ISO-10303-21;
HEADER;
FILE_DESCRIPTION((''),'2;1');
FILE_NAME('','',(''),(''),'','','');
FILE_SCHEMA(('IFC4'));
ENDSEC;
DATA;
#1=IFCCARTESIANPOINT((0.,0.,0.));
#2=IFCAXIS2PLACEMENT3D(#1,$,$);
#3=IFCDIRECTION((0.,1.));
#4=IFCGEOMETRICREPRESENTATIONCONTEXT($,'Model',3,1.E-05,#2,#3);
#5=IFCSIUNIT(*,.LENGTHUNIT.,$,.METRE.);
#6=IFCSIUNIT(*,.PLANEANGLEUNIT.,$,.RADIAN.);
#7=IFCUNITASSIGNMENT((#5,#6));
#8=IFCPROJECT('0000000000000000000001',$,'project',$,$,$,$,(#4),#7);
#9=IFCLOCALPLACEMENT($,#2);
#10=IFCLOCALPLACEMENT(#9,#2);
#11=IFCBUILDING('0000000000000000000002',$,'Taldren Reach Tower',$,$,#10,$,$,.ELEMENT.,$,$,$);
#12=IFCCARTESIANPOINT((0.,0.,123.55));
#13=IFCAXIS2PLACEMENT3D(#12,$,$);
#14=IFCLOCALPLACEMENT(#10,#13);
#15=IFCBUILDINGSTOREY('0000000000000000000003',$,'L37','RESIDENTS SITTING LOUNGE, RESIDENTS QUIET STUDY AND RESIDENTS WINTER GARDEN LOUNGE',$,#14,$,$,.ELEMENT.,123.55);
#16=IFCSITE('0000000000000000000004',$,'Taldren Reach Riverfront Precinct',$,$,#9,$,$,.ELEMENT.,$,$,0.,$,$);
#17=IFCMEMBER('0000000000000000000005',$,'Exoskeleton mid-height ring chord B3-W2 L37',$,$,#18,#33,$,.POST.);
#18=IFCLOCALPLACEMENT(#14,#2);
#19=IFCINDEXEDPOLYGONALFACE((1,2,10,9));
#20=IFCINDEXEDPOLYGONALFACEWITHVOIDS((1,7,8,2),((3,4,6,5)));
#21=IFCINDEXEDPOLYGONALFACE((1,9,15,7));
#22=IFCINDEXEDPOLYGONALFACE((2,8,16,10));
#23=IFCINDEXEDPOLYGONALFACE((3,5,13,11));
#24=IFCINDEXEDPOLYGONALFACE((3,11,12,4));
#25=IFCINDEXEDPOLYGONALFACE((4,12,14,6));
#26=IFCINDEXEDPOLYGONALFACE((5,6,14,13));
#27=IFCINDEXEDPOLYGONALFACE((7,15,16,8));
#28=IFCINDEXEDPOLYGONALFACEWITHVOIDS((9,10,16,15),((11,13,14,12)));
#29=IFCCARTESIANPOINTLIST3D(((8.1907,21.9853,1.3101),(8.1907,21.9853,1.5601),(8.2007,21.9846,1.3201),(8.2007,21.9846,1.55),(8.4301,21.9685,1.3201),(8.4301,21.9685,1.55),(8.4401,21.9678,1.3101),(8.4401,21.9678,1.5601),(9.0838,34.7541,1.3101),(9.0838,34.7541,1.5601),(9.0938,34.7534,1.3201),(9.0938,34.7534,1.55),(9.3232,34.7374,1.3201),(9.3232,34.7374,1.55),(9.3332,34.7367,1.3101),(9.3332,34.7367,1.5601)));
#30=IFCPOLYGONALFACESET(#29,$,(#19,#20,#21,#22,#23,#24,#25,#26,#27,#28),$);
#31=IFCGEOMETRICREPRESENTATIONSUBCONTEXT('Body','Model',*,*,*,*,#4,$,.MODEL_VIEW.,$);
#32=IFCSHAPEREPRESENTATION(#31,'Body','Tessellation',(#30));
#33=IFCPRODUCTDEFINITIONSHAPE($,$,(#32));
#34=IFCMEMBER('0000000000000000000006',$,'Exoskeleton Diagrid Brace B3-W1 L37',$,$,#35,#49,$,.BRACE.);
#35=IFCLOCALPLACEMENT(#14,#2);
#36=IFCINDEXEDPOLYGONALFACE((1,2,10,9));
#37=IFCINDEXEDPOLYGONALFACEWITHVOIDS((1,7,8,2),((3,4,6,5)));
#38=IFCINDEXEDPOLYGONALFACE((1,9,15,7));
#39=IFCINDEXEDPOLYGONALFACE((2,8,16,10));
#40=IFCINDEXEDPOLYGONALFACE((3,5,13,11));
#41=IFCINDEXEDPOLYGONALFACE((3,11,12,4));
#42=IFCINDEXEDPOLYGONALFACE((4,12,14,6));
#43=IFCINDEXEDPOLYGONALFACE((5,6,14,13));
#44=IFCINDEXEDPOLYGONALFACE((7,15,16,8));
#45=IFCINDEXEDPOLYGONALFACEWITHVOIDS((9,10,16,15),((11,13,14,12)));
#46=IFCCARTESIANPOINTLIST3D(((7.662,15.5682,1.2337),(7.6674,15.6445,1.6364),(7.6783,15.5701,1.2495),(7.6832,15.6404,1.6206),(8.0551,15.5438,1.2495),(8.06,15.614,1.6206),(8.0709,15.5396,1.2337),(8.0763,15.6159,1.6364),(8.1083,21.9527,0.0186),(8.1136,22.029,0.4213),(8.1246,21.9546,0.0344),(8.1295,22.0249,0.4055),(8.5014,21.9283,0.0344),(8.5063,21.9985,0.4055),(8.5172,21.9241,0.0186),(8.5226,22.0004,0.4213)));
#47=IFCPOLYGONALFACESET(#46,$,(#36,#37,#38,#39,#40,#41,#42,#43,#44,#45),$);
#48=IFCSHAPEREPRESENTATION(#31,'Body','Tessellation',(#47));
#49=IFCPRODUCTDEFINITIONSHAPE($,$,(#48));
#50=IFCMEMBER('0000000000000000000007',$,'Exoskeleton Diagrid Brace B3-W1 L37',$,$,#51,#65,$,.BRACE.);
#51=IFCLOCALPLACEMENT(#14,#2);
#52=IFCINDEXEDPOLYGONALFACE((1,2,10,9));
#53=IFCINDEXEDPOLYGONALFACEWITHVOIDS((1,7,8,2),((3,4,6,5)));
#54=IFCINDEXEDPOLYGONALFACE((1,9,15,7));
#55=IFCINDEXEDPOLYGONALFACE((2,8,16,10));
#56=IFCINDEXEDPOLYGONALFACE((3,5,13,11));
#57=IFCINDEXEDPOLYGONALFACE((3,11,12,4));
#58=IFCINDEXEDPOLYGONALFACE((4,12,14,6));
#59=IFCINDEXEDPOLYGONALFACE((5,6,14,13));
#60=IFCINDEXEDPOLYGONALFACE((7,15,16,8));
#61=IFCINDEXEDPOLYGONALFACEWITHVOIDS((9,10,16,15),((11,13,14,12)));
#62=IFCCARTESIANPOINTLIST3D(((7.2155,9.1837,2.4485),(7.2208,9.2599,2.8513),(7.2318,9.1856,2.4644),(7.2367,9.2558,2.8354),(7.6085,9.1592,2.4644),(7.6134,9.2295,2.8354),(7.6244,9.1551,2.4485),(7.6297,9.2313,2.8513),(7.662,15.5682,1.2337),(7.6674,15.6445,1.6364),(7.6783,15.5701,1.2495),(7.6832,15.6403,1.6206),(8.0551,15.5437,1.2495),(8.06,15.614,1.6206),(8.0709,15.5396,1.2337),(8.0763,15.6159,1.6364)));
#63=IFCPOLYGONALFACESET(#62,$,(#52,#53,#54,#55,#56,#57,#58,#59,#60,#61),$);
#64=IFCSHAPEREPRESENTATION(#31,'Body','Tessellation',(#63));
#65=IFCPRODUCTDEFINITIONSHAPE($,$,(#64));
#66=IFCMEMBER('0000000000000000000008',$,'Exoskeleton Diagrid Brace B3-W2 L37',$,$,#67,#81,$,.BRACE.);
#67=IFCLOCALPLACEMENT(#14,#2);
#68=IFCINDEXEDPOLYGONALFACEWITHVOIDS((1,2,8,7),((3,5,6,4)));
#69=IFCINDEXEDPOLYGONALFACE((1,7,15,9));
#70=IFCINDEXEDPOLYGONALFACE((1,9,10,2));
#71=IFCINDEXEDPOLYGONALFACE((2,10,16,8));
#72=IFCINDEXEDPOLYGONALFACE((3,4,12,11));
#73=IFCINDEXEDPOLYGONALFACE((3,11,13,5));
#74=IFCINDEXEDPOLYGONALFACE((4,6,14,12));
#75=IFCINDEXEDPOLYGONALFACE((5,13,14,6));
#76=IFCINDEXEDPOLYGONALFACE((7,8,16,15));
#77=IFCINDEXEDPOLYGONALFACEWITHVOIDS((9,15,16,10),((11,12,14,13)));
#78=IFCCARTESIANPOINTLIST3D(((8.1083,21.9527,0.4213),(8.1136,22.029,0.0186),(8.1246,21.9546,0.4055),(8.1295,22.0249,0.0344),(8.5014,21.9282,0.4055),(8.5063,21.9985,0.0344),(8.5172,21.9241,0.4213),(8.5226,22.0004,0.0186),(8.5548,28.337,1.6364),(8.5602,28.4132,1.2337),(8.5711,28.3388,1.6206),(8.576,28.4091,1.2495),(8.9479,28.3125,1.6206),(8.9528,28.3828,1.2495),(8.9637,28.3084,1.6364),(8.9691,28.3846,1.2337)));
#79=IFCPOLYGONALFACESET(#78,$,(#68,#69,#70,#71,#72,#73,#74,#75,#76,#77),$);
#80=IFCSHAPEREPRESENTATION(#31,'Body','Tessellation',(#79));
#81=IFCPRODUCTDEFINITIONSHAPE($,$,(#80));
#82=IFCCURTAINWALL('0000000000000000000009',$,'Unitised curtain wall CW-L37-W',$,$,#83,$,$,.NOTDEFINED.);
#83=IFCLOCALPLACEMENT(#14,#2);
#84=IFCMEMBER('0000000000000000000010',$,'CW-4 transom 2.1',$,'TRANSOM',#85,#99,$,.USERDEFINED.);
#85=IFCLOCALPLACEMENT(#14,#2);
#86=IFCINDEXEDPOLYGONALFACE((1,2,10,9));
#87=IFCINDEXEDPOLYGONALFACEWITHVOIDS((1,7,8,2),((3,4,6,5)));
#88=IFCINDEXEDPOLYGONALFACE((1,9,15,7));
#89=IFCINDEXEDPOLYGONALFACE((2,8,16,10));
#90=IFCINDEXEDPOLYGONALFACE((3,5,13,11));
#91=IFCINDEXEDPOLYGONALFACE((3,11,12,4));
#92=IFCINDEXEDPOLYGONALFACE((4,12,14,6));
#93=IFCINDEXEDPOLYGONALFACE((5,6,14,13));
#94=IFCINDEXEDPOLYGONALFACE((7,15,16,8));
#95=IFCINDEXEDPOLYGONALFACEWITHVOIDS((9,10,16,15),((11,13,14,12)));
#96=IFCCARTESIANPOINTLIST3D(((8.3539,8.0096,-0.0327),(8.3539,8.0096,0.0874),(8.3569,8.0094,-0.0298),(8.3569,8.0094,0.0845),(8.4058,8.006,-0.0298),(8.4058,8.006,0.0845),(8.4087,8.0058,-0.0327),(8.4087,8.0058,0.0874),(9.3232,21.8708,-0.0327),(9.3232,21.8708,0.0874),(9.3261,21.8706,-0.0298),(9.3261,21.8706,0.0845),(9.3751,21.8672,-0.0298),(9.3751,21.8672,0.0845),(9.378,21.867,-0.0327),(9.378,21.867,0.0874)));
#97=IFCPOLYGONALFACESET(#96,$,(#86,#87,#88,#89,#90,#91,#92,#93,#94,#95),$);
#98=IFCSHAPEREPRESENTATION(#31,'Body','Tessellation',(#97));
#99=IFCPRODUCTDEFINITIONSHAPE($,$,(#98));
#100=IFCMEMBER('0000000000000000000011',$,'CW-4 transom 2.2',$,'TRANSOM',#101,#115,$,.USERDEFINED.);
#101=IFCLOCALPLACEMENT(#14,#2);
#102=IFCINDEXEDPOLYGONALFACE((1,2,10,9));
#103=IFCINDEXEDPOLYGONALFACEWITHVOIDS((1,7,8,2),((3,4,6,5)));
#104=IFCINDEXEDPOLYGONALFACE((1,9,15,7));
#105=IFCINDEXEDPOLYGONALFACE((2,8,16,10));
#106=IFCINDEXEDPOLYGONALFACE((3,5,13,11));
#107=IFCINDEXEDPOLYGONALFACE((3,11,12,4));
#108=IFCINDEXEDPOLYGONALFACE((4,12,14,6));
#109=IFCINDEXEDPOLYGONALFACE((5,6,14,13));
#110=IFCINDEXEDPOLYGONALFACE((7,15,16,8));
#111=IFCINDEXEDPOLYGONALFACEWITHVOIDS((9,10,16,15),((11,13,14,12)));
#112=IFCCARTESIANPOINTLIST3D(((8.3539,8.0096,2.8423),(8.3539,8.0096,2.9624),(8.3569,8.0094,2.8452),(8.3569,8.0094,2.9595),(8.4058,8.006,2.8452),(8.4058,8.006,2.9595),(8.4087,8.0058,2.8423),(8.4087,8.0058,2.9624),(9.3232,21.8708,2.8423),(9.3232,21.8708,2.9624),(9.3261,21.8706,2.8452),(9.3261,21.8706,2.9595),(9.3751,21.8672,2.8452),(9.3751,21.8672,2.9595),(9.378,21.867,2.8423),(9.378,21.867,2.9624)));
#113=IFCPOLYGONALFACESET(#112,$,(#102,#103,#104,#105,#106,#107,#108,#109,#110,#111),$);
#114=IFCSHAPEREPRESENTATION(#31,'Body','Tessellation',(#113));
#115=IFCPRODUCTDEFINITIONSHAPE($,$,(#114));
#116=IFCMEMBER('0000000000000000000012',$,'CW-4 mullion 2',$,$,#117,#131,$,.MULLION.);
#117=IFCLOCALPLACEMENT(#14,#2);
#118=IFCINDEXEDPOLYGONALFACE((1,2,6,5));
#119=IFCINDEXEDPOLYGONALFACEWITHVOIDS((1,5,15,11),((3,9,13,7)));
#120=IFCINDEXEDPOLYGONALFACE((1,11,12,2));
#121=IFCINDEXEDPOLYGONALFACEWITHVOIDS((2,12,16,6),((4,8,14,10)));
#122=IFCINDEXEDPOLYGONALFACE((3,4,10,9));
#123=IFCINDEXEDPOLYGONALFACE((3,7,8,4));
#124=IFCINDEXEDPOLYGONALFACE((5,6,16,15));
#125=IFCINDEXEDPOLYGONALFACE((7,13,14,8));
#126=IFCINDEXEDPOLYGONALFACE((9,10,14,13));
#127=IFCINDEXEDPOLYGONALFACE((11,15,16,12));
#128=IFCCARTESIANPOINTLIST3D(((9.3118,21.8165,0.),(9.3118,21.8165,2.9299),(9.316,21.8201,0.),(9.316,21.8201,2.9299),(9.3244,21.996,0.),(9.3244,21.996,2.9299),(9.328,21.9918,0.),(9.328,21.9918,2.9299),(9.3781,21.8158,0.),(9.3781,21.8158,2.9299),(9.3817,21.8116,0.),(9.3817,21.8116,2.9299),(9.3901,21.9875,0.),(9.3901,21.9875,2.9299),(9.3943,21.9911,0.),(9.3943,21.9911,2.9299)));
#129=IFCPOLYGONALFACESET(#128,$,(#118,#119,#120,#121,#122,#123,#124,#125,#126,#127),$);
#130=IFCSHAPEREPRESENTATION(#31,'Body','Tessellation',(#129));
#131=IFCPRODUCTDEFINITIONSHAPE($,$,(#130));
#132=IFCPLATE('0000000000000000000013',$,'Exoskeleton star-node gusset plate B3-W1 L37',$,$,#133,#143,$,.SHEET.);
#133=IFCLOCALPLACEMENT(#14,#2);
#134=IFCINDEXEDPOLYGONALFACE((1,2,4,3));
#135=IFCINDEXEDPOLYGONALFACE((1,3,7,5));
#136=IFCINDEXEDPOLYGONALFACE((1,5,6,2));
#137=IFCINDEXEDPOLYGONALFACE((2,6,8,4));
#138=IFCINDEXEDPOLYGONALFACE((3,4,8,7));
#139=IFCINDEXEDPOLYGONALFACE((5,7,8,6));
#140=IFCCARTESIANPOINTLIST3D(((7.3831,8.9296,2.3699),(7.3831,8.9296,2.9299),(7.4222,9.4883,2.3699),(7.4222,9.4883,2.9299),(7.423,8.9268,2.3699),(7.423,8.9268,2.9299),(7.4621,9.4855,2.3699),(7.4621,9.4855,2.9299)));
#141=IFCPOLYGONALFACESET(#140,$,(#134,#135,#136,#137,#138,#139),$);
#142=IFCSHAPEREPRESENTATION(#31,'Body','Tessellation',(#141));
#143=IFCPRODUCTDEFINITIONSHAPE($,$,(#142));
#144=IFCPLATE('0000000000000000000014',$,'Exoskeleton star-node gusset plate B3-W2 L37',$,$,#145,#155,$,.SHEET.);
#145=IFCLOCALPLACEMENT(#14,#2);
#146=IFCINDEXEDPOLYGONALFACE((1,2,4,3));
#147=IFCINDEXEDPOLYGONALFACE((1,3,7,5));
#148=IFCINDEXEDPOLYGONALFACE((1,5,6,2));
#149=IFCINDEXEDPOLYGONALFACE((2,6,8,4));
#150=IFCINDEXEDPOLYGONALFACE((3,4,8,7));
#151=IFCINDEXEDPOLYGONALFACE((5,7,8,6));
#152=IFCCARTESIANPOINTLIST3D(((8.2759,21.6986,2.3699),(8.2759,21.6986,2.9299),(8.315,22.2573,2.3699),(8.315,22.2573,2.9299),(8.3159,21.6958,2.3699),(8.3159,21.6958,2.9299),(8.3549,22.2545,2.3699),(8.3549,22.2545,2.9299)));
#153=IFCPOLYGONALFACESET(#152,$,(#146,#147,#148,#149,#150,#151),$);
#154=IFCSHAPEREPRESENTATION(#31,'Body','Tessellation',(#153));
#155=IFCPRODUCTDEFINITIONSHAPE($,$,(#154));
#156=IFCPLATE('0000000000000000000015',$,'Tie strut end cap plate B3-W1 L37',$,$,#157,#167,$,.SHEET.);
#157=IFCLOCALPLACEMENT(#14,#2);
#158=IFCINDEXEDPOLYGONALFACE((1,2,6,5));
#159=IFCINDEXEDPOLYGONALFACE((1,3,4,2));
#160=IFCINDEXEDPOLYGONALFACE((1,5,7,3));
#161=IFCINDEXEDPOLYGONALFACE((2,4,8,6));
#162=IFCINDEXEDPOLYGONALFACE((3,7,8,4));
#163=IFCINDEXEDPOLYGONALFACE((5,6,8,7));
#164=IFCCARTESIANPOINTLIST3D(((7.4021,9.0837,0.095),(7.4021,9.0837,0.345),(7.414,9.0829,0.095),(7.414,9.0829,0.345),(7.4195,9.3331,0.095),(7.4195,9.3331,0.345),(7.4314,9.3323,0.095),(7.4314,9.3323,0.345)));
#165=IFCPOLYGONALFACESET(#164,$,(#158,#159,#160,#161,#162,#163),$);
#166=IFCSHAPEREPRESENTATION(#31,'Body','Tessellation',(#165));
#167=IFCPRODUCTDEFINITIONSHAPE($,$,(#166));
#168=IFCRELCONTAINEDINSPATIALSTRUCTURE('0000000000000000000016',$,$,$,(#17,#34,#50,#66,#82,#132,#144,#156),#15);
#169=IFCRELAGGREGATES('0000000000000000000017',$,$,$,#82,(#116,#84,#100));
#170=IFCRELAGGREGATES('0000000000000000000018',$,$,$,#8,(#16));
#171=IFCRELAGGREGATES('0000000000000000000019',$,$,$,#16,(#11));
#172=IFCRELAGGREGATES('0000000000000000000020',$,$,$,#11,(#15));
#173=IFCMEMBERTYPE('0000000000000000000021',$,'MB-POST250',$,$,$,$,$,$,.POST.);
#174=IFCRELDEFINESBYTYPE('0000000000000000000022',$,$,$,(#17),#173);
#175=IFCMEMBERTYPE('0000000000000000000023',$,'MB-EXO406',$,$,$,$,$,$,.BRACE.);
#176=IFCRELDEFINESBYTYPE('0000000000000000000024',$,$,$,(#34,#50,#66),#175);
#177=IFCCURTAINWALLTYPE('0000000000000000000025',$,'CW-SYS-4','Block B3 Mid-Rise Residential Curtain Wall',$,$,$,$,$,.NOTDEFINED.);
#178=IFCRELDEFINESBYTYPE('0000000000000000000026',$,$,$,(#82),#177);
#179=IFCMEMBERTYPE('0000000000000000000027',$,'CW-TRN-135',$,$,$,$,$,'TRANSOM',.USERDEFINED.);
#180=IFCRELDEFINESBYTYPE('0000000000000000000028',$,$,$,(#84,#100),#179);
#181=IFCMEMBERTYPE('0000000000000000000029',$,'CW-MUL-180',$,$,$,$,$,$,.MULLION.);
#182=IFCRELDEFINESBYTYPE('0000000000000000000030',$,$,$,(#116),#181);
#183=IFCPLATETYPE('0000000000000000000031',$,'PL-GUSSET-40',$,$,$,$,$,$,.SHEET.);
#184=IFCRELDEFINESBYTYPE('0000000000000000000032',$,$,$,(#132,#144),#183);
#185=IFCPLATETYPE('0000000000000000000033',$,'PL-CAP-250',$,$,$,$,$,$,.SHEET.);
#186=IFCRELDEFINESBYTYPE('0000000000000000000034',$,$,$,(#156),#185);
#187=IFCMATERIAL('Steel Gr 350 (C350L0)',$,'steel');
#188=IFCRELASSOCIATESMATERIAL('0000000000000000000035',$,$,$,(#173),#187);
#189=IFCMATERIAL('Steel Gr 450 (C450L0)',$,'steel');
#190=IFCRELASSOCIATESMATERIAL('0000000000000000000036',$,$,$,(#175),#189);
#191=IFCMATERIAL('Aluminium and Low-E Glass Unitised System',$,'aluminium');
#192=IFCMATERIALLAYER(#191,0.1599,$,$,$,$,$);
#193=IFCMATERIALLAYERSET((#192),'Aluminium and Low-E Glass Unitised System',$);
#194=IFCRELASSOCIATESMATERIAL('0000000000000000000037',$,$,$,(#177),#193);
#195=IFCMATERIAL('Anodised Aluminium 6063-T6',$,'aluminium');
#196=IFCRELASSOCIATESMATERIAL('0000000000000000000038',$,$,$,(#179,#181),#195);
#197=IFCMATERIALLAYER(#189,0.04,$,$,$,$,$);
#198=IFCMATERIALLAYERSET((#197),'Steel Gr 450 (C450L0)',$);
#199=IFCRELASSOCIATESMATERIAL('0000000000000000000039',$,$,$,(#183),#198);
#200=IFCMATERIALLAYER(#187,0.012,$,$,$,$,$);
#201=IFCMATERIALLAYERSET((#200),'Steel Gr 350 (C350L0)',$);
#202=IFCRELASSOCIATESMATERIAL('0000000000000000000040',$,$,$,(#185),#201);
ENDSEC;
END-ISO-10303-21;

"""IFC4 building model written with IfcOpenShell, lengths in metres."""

from ifc_helpers import new_model, si_unit, direction, frame, origin, origin_2d, place, context, subcontext, project, spatial, rectangle, hollow_rectangle, extrude, source, transform, mapped, material, layer, layer_set, material_profile, profile_set, type_object, element, aggregate, save


model = new_model("IFC4")

# Units and contexts
model_context = context("Model", 3, precision=1e-05, world=origin(), true_north=direction((0.0, 1.0)))
body_context = subcontext(model_context, "Body", "Model", "MODEL_VIEW")
ifc_project = project(units=[si_unit("LENGTHUNIT", "METRE"), si_unit("PLANEANGLEUNIT", "RADIAN")], contexts=[model_context])

# Site, building, storey
site_placement = place(None, origin())
site = spatial("IfcSite", under=ifc_project, at=site_placement, Name="Taldren Reach Riverfront Precinct", CompositionType="ELEMENT", RefElevation=0.0)
building_placement = place(site_placement, origin())
building = spatial("IfcBuilding", under=site, at=building_placement, Name="Taldren Reach Tower", CompositionType="ELEMENT")
storey_placement = place(building_placement, frame((0.0, 0.0, 123.55)))
storey = spatial("IfcBuildingStorey", under=building, at=storey_placement, Name="L37", Description="RESIDENTS SITTING LOUNGE, RESIDENTS QUIET STUDY AND RESIDENTS WINTER GARDEN LOUNGE", CompositionType="ELEMENT", Elevation=123.55)

# Shared definitions
ifc_material_1 = material(Name="Steel Gr 350 (C350L0)", Category="steel")
ifc_material_profile_1 = material_profile(ifc_material_1, hollow_rectangle(XDim=0.25, YDim=0.25, WallThickness=0.01, at=origin_2d()), Name="250x250x10.0SHS")
ifc_profile_set_1 = profile_set([ifc_material_profile_1], Name="Steel Gr 350 (C350L0)")
member_type_1 = type_object("IfcMemberType", Name="MB-POST250", PredefinedType="POST", material=ifc_profile_set_1)
ifc_material_2 = material(Name="Steel Gr 450 (C450L0)", Category="steel")

# Members
shared_shape_1 = source(origin(), body_context, "Body", "SweptSolid", [
    extrude(hollow_rectangle(XDim=0.25, YDim=0.25, WallThickness=0.01, at=origin_2d()), origin(), (0.0, 0.0, 1.0), 12.8),
])
member_1_placement = place(storey_placement, frame((8.3154, 21.9766, 1.4351), z_axis=(0.069771, 0.997563, 0.0), x_axis=(-0.997563, 0.069771, 0.0)))
element("IfcMember", 1, at=member_1_placement, inside=storey, type_object=member_type_1, Name="Exoskeleton mid-height ring chord B3-W2 L37", PredefinedType="POST", context=body_context, shape_type="MappedRepresentation", body=[
    mapped(shared_shape_1, transform((0.0, 0.0, 0.0), scale=1.0)),
])
ifc_material_profile_2 = material_profile(ifc_material_2, hollow_rectangle(XDim=0.4099, YDim=0.4099, WallThickness=0.0161, at=origin_2d()), Name="410x410x16.0SHS")
ifc_profile_set_2 = profile_set([ifc_material_profile_2], Name="Steel Gr 450 (C450L0)")
member_type_2 = type_object("IfcMemberType", Name="MB-EXO406", PredefinedType="BRACE", material=ifc_profile_set_2)
shared_shape_2 = source(origin(), body_context, "Body", "SweptSolid", [
    extrude(hollow_rectangle(XDim=0.4099, YDim=0.4099, WallThickness=0.0161, at=origin_2d()), origin(), (0.0, 0.0, 1.0), 6.5144),
])
for number, where, z_axis, x_axis, name in (
    (2, (8.3154, 21.9766, 0.22), (-0.068508, -0.980059, 0.186523), (0.997566, -0.069732, 0.0), "Exoskeleton Diagrid Brace B3-W1 L37"),
    (3, (7.8691, 15.592, 1.4351), (-0.068546, -0.980063, 0.186486), (0.997563, -0.06977, 0.0), "Exoskeleton Diagrid Brace B3-W1 L37"),
):
    element("IfcMember", number, at=place(storey_placement, frame(where, z_axis=z_axis, x_axis=x_axis)), inside=storey, type_object=member_type_2, Name=name, PredefinedType="BRACE", context=body_context, shape_type="MappedRepresentation", body=[
        mapped(shared_shape_2, transform((0.0, 0.0, 0.0), scale=1.0)),
    ])
shared_shape_3 = source(origin(), body_context, "Body", "SweptSolid", [
    extrude(hollow_rectangle(XDim=0.4099, YDim=0.4099, WallThickness=0.0161, at=origin_2d()), origin(), (0.0, 0.0, 1.0), 6.5142),
])
member_2_placement = place(storey_placement, frame((8.3154, 21.9766, 0.22), z_axis=(0.068548, 0.980055, 0.186529), x_axis=(-0.997563, 0.069772, 0.0)))
element("IfcMember", 4, at=member_2_placement, inside=storey, type_object=member_type_2, Name="Exoskeleton Diagrid Brace B3-W2 L37", PredefinedType="BRACE", context=body_context, shape_type="MappedRepresentation", body=[
    mapped(shared_shape_3, transform((0.0, 0.0, 0.0), scale=1.0)),
])

# Curtain wall, members
ifc_material_3 = material(Name="Aluminium and Low-E Glass Unitised System", Category="aluminium")
ifc_layer_1 = layer(ifc_material_3, 0.1599)
ifc_layer_set_1 = layer_set([ifc_layer_1], Name="Aluminium and Low-E Glass Unitised System")
curtain_wall_type = type_object("IfcCurtainWallType", Name="CW-SYS-4", Description="Block B3 Mid-Rise Residential Curtain Wall", PredefinedType="NOTDEFINED", material=ifc_layer_set_1)
curtain_wall_placement = place(storey_placement, origin())
curtain_wall = element("IfcCurtainWall", 5, at=curtain_wall_placement, inside=storey, type_object=curtain_wall_type, Name="Unitised curtain wall CW-L37-W", PredefinedType="NOTDEFINED")
ifc_material_4 = material(Name="Anodised Aluminium 6063-T6", Category="aluminium")
ifc_material_profile_3 = material_profile(ifc_material_4, hollow_rectangle(XDim=0.0549, YDim=0.1201, WallThickness=0.0029, at=origin_2d()), Name="ALU-120x55x3RHS")
ifc_profile_set_3 = profile_set([ifc_material_profile_3], Name="Anodised Aluminium 6063-T6")
member_type_3 = type_object("IfcMemberType", Name="CW-TRN-135", ElementType="TRANSOM", PredefinedType="USERDEFINED", material=ifc_profile_set_3)
shared_shape_4 = source(origin(), body_context, "Body", "SweptSolid", [
    extrude(hollow_rectangle(XDim=0.0549, YDim=0.1201, WallThickness=0.0029, at=origin_2d()), origin(), (0.0, 0.0, 1.0), 13.895),
])
member_3_placement = place(storey_placement, frame((9.3506, 21.8689, 0.0273), z_axis=(-0.069755, -0.997564, 0.0), x_axis=(0.997564, -0.069755, 0.0)))
member_3 = element("IfcMember", 6, at=member_3_placement, type_object=member_type_3, Name="CW-4 transom 2.1", ObjectType="TRANSOM", PredefinedType="USERDEFINED", context=body_context, shape_type="MappedRepresentation", body=[
    mapped(shared_shape_4, transform((0.0, 0.0, 0.0), scale=1.0)),
])
member_4_placement = place(storey_placement, frame((9.3506, 21.8689, 2.9023), z_axis=(-0.069755, -0.997564, 0.0), x_axis=(0.997564, -0.069755, 0.0)))
member_4 = element("IfcMember", 7, at=member_4_placement, type_object=member_type_3, Name="CW-4 transom 2.2", ObjectType="TRANSOM", PredefinedType="USERDEFINED", context=body_context, shape_type="MappedRepresentation", body=[
    mapped(shared_shape_4, transform((0.0, 0.0, 0.0), scale=1.0)),
])
ifc_material_profile_4 = material_profile(ifc_material_4, hollow_rectangle(XDim=0.0701, YDim=0.1799, WallThickness=0.0039, at=origin_2d()), Name="ALU-180x70x4RHS")
ifc_profile_set_4 = profile_set([ifc_material_profile_4], Name="Anodised Aluminium 6063-T6")
member_type_4 = type_object("IfcMemberType", Name="CW-MUL-180", PredefinedType="MULLION", material=ifc_profile_set_4)
shared_shape_5 = source(origin(), body_context, "Body", "SweptSolid", [
    extrude(hollow_rectangle(XDim=0.0701, YDim=0.1799, WallThickness=0.0039, at=origin_2d()), origin(), (0.0, 0.0, 1.0), 2.9299),
])
member_5_placement = place(storey_placement, frame((9.353, 21.9038, 0.0), z_axis=(0.0, 0.0, 1.0), x_axis=(0.997564, -0.069756, 0.0)))
member_5 = element("IfcMember", 8, at=member_5_placement, type_object=member_type_4, Name="CW-4 mullion 2", PredefinedType="MULLION", context=body_context, shape_type="MappedRepresentation", body=[
    mapped(shared_shape_5, transform((0.0, 0.0, 0.0), scale=1.0)),
])

# Plates
ifc_layer_2 = layer(ifc_material_2, 0.04)
ifc_layer_set_2 = layer_set([ifc_layer_2], Name="Steel Gr 450 (C450L0)")
plate_type_1 = type_object("IfcPlateType", Name="PL-GUSSET-40", PredefinedType="SHEET", material=ifc_layer_set_2)
shared_shape_6 = source(origin(), body_context, "Body", "SweptSolid", [
    extrude(rectangle(XDim=0.5601, YDim=0.04, at=origin_2d()), origin(), (0.0, 0.0, 1.0), 0.5601),
])
for number, where, z_axis, x_axis, name in (
    (9, (7.4226, 9.2075, 2.3699), (0.0, 0.0, 1.0), (0.069756, 0.997564, 0.0), "Exoskeleton star-node gusset plate B3-W1 L37"),
    (10, (8.3154, 21.9766, 2.3699), (0.0, 0.0, 1.0), (0.069756, 0.997564, 0.0), "Exoskeleton star-node gusset plate B3-W2 L37"),
):
    element("IfcPlate", number, at=place(storey_placement, frame(where, z_axis=z_axis, x_axis=x_axis)), inside=storey, type_object=plate_type_1, Name=name, PredefinedType="SHEET", context=body_context, shape_type="MappedRepresentation", body=[
        mapped(shared_shape_6, transform((0.0, 0.0, 0.0), scale=1.0)),
    ])
ifc_layer_3 = layer(ifc_material_1, 0.012)
ifc_layer_set_3 = layer_set([ifc_layer_3], Name="Steel Gr 350 (C350L0)")
plate_type_2 = type_object("IfcPlateType", Name="PL-CAP-250", PredefinedType="SHEET", material=ifc_layer_set_3)
shared_shape_7 = source(origin(), body_context, "Body", "SweptSolid", [
    extrude(rectangle(XDim=0.012, YDim=0.25, at=origin_2d()), origin(), (0.0, 0.0, 1.0), 0.25),
])
plate_1_placement = place(storey_placement, frame((7.4167, 9.208, 0.095), z_axis=(0.0, 0.0, 1.0), x_axis=(0.997564, -0.069756, 0.0)))
element("IfcPlate", 11, at=plate_1_placement, inside=storey, type_object=plate_type_2, Name="Tie strut end cap plate B3-W1 L37", PredefinedType="SHEET", context=body_context, shape_type="MappedRepresentation", body=[
    mapped(shared_shape_7, transform((0.0, 0.0, 0.0), scale=1.0)),
])

aggregate(curtain_wall, [member_5, member_3, member_4])

save(model, "model.ifc")
